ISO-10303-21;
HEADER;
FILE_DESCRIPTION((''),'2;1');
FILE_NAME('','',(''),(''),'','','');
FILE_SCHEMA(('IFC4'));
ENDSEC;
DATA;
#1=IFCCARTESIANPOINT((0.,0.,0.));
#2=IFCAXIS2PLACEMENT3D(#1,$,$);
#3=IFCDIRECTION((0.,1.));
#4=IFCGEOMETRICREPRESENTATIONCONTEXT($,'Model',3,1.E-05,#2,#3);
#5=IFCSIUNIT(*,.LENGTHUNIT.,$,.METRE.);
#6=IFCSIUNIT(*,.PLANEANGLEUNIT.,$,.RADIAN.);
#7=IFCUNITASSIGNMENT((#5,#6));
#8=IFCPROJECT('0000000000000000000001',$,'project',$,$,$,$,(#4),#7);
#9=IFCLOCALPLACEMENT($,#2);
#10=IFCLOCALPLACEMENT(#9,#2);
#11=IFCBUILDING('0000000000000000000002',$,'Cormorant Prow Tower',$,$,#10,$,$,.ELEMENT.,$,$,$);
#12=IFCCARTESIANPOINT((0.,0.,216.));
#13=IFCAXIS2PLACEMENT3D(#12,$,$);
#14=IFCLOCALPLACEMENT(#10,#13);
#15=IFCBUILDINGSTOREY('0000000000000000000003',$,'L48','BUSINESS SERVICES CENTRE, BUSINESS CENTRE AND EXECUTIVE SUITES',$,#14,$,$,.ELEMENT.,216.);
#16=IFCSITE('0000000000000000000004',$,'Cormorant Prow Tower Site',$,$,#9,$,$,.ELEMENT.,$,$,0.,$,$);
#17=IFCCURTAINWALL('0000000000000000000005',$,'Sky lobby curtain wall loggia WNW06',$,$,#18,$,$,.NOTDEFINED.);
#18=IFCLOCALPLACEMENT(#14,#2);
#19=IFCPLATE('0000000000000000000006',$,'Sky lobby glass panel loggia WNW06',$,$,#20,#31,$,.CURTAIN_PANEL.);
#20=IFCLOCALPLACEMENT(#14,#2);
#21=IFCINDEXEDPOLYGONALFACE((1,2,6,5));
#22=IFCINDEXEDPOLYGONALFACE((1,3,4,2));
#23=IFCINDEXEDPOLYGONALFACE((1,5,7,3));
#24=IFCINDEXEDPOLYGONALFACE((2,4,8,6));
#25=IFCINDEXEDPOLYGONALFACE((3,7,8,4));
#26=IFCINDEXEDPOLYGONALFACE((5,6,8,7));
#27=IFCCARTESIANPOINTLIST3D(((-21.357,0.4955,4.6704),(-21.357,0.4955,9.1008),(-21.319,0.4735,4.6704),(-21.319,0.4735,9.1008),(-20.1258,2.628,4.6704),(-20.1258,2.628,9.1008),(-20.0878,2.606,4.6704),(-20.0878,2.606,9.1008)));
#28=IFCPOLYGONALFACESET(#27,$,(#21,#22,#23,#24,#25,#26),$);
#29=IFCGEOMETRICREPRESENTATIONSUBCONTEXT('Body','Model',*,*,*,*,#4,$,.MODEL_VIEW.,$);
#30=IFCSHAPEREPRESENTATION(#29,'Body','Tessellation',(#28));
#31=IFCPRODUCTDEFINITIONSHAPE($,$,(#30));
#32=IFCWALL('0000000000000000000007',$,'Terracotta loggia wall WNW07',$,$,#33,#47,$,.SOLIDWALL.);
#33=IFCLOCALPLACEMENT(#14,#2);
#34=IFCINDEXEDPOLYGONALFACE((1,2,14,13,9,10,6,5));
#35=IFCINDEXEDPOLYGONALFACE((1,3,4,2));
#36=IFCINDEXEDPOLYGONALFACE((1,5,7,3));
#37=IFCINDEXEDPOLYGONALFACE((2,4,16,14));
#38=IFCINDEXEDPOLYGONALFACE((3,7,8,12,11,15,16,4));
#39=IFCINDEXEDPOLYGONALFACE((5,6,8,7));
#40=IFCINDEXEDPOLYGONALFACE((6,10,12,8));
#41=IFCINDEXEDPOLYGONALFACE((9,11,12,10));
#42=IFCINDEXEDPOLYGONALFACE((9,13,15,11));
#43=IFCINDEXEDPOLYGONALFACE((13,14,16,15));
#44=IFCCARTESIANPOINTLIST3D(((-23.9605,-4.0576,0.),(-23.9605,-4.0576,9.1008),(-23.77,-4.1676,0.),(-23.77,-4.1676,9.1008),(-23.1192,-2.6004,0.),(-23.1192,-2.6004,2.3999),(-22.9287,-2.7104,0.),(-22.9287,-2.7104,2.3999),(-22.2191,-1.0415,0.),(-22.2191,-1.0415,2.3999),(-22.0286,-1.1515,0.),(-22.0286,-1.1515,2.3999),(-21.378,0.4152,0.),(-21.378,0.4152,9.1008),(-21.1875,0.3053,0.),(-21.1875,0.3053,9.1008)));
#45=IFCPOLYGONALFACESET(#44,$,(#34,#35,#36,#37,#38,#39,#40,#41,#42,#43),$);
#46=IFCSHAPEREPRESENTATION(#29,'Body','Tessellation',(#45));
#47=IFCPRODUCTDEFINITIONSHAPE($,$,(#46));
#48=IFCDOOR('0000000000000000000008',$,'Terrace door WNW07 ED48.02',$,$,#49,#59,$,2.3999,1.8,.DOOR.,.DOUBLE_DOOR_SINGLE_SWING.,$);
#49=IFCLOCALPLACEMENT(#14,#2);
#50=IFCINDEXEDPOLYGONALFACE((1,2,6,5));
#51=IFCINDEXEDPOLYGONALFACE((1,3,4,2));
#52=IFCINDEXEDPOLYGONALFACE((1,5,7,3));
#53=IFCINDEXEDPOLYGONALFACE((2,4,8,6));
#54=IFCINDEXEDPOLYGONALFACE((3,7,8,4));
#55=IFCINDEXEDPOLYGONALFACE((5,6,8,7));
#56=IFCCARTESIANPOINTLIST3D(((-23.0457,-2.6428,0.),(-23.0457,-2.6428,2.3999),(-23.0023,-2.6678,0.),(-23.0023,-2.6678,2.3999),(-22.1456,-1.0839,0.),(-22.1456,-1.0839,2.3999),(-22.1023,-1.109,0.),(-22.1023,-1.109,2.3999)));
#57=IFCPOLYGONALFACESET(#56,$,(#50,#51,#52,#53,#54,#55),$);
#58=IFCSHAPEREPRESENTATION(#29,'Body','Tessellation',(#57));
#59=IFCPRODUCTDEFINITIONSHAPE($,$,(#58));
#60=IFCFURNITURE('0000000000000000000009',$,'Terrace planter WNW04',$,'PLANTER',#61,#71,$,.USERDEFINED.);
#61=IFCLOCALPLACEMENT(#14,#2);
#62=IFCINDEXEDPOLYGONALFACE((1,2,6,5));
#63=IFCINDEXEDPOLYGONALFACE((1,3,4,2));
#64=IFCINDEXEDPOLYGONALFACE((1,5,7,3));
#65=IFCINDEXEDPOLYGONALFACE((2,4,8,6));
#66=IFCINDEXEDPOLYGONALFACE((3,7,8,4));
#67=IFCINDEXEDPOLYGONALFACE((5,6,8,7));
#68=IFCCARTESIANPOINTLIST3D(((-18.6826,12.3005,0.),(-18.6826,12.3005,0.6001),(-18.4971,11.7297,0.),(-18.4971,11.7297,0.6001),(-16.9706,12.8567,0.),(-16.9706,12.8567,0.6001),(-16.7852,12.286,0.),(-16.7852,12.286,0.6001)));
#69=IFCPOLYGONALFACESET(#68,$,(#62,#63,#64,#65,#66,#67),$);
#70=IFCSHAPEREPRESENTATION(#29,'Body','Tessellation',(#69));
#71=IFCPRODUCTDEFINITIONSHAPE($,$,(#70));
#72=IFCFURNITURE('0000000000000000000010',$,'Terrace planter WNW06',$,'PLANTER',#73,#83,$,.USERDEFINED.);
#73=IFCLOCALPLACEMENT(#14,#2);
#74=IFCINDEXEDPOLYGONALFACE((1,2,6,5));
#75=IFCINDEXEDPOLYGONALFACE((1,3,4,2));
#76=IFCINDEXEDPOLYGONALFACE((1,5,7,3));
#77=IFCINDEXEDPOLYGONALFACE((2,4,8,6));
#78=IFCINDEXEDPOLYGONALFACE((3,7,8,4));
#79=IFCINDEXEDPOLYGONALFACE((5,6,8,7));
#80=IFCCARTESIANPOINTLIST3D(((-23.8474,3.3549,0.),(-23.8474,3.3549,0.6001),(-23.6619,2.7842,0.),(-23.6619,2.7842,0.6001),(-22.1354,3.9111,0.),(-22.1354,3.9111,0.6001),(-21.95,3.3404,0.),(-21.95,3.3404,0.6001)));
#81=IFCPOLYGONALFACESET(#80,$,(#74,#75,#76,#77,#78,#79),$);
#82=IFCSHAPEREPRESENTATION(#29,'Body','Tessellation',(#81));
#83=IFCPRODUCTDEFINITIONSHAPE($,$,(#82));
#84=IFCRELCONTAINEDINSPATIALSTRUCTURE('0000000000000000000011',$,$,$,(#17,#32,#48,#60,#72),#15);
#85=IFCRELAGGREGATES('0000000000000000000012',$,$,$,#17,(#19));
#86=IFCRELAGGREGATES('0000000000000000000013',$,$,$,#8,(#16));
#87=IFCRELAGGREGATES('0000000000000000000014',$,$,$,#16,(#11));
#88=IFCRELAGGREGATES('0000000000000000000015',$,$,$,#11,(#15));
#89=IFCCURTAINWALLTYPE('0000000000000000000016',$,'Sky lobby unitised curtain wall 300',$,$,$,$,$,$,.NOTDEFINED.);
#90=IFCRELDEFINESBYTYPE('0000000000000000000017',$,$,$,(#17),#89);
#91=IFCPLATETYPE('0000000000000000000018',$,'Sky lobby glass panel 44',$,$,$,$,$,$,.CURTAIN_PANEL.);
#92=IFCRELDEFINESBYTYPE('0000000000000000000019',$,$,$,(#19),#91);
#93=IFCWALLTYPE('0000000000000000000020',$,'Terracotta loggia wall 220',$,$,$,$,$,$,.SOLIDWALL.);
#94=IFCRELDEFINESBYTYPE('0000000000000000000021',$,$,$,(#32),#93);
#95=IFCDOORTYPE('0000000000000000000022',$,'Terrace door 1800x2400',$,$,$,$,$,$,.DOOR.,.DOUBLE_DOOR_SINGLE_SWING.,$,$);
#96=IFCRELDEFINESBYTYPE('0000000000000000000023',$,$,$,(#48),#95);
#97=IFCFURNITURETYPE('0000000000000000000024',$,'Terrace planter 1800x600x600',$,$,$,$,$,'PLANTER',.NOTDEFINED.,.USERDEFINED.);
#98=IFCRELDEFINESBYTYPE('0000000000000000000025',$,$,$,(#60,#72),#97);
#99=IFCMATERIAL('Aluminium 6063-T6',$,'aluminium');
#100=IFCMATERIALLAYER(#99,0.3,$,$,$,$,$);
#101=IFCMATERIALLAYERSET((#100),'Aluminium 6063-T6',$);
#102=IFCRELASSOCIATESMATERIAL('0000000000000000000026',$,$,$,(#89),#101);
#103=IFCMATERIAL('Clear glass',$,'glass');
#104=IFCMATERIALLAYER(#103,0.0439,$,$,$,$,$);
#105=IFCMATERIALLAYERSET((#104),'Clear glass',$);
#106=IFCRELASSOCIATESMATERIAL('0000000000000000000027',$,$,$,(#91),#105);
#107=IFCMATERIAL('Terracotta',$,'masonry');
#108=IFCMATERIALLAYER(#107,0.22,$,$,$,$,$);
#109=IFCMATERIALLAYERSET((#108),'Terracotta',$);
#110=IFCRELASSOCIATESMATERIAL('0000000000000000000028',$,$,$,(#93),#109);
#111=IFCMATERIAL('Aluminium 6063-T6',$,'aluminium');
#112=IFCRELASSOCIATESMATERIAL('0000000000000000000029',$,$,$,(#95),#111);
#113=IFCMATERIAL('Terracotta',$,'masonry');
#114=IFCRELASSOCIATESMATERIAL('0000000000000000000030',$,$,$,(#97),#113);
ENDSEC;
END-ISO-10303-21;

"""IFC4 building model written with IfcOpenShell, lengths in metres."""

from ifc_helpers import new_model, si_unit, direction, frame, frame_2d, origin, origin_2d, place, context, subcontext, project, spatial, rectangle, extrude, material, layer, layer_set, type_object, element, fill, aggregate, save


model = new_model("IFC4")

# Units and contexts
model_context = context("Model", 3, precision=1e-05, world=origin(), true_north=direction((0.0, 1.0)))
body_context = subcontext(model_context, "Body", "Model", "MODEL_VIEW")
ifc_project = project(units=[si_unit("LENGTHUNIT", "METRE"), si_unit("PLANEANGLEUNIT", "RADIAN")], contexts=[model_context])

# Site, building, storey
site_placement = place(None, origin())
site = spatial("IfcSite", under=ifc_project, at=site_placement, Name="Cormorant Prow Tower Site", CompositionType="ELEMENT", RefElevation=0.0)
building_placement = place(site_placement, origin())
building = spatial("IfcBuilding", under=site, at=building_placement, Name="Cormorant Prow Tower", CompositionType="ELEMENT")
storey_placement = place(building_placement, frame((0.0, 0.0, 216.0)))
storey = spatial("IfcBuildingStorey", under=building, at=storey_placement, Name="L48", Description="BUSINESS SERVICES CENTRE, BUSINESS CENTRE AND EXECUTIVE SUITES", CompositionType="ELEMENT", Elevation=216.0)

# Curtain wall
ifc_material_1 = material(Name="Aluminium 6063-T6", Category="aluminium")
ifc_layer_1 = layer(ifc_material_1, 0.3)
ifc_layer_set_1 = layer_set([ifc_layer_1], Name="Aluminium 6063-T6")
curtain_wall_type = type_object("IfcCurtainWallType", Name="Sky lobby unitised curtain wall 300", PredefinedType="NOTDEFINED", material=ifc_layer_set_1)
curtain_wall_1_placement = place(storey_placement, origin())
curtain_wall_1 = element("IfcCurtainWall", 1, at=curtain_wall_1_placement, inside=storey, type_object=curtain_wall_type, Name="Sky lobby curtain wall loggia WNW06", PredefinedType="NOTDEFINED")

# Plate
ifc_material_2 = material(Name="Clear glass", Category="glass")
ifc_layer_2 = layer(ifc_material_2, 0.0439)
ifc_layer_set_2 = layer_set([ifc_layer_2], Name="Clear glass")
plate_type = type_object("IfcPlateType", Name="Sky lobby glass panel 44", PredefinedType="CURTAIN_PANEL", material=ifc_layer_set_2)
plate_1_placement = place(storey_placement, frame((-20.7224, 1.5508, 4.6704), z_axis=(0.0, 0.0, 1.0), x_axis=(-0.5, -0.866025, 0.0)))
plate_1 = element("IfcPlate", 2, at=plate_1_placement, type_object=plate_type, Name="Sky lobby glass panel loggia WNW06", PredefinedType="CURTAIN_PANEL", context=body_context, shape_type="SweptSolid", body=[
    extrude(rectangle(XDim=2.4624, YDim=0.0439, at=origin_2d()), origin(), (0.0, 0.0, 1.0), 4.4304),
])
aggregate(curtain_wall_1, [plate_1])

# Wall, opening, door
ifc_material_3 = material(Name="Terracotta", Category="masonry")
ifc_layer_3 = layer(ifc_material_3, 0.22)
ifc_layer_set_3 = layer_set([ifc_layer_3], Name="Terracotta")
wall_type = type_object("IfcWallType", Name="Terracotta loggia wall 220", PredefinedType="SOLIDWALL", material=ifc_layer_set_3)
wall_placement = place(storey_placement, frame((-21.2827, 0.3604, 0.0), z_axis=(0.0, 0.0, 1.0), x_axis=(-0.500013, -0.866018, 0.0)))
wall = element("IfcWall", 3, at=wall_placement, inside=storey, type_object=wall_type, Name="Terracotta loggia wall WNW07", PredefinedType="SOLIDWALL", context=body_context, shape_type="SweptSolid", body=[
    extrude(rectangle(XDim=5.1648, YDim=0.22, at=frame_2d((2.5825, 0.0))), origin(), (0.0, 0.0, 1.0), 9.1008),
])
opening_placement = place(wall_placement, frame((1.6824, 0.0, 0.0)))
opening = element("IfcOpeningElement", 4, at=opening_placement, cuts=wall, PredefinedType="OPENING", context=body_context, shape_type="SweptSolid", body=[
    extrude(rectangle(XDim=1.8, YDim=2.3999, at=frame_2d((0.8999, 1.2))), frame((0.0, 0.1199, 0.0), z_axis=(0.0, -1.0, 0.0), x_axis=(1.0, 0.0, 0.0)), (0.0, 0.0, 1.0), 0.24),
])
ifc_material_4 = material(Name="Aluminium 6063-T6", Category="aluminium")
door_type = type_object("IfcDoorType", Name="Terrace door 1800x2400", OperationType="DOUBLE_DOOR_SINGLE_SWING", PredefinedType="DOOR", material=ifc_material_4)
door_placement = place(opening_placement, origin())
door = element("IfcDoor", 5, at=door_placement, inside=storey, type_object=door_type, Name="Terrace door WNW07 ED48.02", OperationType="DOUBLE_DOOR_SINGLE_SWING", OverallHeight=2.3999, OverallWidth=1.8, PredefinedType="DOOR", context=body_context, shape_type="SweptSolid", body=[
    extrude(rectangle(XDim=1.8, YDim=2.3999, at=frame_2d((0.8999, 1.2))), frame((0.0, 0.0249, 0.0), z_axis=(0.0, -1.0, 0.0), x_axis=(1.0, 0.0, 0.0)), (0.0, 0.0, 1.0), 0.05),
])
fill(opening, door)

# Furniture
ifc_material_5 = material(Name="Terracotta", Category="masonry")
furniture_type = type_object("IfcFurnitureType", Name="Terrace planter 1800x600x600", ElementType="PLANTER", AssemblyPlace="NOTDEFINED", PredefinedType="USERDEFINED", material=ifc_material_5)
for number, where, z_axis, x_axis, name in (
    (6, (-17.7339, 12.2932, 0.0), (0.0, 0.0, 1.0), (-0.951057, -0.309017, 0.0), "Terrace planter WNW04"),
    (7, (-22.8987, 3.3477, 0.0), (0.0, 0.0, 1.0), (-0.951057, -0.309017, 0.0), "Terrace planter WNW06"),
):
    element("IfcFurniture", number, at=place(storey_placement, frame(where, z_axis=z_axis, x_axis=x_axis)), inside=storey, type_object=furniture_type, Name=name, ObjectType="PLANTER", PredefinedType="USERDEFINED", context=body_context, shape_type="SweptSolid", body=[
        extrude(rectangle(XDim=1.8, YDim=0.6001, at=origin_2d()), origin(), (0.0, 0.0, 1.0), 0.6001),
    ])

save(model, "model.ifc")
